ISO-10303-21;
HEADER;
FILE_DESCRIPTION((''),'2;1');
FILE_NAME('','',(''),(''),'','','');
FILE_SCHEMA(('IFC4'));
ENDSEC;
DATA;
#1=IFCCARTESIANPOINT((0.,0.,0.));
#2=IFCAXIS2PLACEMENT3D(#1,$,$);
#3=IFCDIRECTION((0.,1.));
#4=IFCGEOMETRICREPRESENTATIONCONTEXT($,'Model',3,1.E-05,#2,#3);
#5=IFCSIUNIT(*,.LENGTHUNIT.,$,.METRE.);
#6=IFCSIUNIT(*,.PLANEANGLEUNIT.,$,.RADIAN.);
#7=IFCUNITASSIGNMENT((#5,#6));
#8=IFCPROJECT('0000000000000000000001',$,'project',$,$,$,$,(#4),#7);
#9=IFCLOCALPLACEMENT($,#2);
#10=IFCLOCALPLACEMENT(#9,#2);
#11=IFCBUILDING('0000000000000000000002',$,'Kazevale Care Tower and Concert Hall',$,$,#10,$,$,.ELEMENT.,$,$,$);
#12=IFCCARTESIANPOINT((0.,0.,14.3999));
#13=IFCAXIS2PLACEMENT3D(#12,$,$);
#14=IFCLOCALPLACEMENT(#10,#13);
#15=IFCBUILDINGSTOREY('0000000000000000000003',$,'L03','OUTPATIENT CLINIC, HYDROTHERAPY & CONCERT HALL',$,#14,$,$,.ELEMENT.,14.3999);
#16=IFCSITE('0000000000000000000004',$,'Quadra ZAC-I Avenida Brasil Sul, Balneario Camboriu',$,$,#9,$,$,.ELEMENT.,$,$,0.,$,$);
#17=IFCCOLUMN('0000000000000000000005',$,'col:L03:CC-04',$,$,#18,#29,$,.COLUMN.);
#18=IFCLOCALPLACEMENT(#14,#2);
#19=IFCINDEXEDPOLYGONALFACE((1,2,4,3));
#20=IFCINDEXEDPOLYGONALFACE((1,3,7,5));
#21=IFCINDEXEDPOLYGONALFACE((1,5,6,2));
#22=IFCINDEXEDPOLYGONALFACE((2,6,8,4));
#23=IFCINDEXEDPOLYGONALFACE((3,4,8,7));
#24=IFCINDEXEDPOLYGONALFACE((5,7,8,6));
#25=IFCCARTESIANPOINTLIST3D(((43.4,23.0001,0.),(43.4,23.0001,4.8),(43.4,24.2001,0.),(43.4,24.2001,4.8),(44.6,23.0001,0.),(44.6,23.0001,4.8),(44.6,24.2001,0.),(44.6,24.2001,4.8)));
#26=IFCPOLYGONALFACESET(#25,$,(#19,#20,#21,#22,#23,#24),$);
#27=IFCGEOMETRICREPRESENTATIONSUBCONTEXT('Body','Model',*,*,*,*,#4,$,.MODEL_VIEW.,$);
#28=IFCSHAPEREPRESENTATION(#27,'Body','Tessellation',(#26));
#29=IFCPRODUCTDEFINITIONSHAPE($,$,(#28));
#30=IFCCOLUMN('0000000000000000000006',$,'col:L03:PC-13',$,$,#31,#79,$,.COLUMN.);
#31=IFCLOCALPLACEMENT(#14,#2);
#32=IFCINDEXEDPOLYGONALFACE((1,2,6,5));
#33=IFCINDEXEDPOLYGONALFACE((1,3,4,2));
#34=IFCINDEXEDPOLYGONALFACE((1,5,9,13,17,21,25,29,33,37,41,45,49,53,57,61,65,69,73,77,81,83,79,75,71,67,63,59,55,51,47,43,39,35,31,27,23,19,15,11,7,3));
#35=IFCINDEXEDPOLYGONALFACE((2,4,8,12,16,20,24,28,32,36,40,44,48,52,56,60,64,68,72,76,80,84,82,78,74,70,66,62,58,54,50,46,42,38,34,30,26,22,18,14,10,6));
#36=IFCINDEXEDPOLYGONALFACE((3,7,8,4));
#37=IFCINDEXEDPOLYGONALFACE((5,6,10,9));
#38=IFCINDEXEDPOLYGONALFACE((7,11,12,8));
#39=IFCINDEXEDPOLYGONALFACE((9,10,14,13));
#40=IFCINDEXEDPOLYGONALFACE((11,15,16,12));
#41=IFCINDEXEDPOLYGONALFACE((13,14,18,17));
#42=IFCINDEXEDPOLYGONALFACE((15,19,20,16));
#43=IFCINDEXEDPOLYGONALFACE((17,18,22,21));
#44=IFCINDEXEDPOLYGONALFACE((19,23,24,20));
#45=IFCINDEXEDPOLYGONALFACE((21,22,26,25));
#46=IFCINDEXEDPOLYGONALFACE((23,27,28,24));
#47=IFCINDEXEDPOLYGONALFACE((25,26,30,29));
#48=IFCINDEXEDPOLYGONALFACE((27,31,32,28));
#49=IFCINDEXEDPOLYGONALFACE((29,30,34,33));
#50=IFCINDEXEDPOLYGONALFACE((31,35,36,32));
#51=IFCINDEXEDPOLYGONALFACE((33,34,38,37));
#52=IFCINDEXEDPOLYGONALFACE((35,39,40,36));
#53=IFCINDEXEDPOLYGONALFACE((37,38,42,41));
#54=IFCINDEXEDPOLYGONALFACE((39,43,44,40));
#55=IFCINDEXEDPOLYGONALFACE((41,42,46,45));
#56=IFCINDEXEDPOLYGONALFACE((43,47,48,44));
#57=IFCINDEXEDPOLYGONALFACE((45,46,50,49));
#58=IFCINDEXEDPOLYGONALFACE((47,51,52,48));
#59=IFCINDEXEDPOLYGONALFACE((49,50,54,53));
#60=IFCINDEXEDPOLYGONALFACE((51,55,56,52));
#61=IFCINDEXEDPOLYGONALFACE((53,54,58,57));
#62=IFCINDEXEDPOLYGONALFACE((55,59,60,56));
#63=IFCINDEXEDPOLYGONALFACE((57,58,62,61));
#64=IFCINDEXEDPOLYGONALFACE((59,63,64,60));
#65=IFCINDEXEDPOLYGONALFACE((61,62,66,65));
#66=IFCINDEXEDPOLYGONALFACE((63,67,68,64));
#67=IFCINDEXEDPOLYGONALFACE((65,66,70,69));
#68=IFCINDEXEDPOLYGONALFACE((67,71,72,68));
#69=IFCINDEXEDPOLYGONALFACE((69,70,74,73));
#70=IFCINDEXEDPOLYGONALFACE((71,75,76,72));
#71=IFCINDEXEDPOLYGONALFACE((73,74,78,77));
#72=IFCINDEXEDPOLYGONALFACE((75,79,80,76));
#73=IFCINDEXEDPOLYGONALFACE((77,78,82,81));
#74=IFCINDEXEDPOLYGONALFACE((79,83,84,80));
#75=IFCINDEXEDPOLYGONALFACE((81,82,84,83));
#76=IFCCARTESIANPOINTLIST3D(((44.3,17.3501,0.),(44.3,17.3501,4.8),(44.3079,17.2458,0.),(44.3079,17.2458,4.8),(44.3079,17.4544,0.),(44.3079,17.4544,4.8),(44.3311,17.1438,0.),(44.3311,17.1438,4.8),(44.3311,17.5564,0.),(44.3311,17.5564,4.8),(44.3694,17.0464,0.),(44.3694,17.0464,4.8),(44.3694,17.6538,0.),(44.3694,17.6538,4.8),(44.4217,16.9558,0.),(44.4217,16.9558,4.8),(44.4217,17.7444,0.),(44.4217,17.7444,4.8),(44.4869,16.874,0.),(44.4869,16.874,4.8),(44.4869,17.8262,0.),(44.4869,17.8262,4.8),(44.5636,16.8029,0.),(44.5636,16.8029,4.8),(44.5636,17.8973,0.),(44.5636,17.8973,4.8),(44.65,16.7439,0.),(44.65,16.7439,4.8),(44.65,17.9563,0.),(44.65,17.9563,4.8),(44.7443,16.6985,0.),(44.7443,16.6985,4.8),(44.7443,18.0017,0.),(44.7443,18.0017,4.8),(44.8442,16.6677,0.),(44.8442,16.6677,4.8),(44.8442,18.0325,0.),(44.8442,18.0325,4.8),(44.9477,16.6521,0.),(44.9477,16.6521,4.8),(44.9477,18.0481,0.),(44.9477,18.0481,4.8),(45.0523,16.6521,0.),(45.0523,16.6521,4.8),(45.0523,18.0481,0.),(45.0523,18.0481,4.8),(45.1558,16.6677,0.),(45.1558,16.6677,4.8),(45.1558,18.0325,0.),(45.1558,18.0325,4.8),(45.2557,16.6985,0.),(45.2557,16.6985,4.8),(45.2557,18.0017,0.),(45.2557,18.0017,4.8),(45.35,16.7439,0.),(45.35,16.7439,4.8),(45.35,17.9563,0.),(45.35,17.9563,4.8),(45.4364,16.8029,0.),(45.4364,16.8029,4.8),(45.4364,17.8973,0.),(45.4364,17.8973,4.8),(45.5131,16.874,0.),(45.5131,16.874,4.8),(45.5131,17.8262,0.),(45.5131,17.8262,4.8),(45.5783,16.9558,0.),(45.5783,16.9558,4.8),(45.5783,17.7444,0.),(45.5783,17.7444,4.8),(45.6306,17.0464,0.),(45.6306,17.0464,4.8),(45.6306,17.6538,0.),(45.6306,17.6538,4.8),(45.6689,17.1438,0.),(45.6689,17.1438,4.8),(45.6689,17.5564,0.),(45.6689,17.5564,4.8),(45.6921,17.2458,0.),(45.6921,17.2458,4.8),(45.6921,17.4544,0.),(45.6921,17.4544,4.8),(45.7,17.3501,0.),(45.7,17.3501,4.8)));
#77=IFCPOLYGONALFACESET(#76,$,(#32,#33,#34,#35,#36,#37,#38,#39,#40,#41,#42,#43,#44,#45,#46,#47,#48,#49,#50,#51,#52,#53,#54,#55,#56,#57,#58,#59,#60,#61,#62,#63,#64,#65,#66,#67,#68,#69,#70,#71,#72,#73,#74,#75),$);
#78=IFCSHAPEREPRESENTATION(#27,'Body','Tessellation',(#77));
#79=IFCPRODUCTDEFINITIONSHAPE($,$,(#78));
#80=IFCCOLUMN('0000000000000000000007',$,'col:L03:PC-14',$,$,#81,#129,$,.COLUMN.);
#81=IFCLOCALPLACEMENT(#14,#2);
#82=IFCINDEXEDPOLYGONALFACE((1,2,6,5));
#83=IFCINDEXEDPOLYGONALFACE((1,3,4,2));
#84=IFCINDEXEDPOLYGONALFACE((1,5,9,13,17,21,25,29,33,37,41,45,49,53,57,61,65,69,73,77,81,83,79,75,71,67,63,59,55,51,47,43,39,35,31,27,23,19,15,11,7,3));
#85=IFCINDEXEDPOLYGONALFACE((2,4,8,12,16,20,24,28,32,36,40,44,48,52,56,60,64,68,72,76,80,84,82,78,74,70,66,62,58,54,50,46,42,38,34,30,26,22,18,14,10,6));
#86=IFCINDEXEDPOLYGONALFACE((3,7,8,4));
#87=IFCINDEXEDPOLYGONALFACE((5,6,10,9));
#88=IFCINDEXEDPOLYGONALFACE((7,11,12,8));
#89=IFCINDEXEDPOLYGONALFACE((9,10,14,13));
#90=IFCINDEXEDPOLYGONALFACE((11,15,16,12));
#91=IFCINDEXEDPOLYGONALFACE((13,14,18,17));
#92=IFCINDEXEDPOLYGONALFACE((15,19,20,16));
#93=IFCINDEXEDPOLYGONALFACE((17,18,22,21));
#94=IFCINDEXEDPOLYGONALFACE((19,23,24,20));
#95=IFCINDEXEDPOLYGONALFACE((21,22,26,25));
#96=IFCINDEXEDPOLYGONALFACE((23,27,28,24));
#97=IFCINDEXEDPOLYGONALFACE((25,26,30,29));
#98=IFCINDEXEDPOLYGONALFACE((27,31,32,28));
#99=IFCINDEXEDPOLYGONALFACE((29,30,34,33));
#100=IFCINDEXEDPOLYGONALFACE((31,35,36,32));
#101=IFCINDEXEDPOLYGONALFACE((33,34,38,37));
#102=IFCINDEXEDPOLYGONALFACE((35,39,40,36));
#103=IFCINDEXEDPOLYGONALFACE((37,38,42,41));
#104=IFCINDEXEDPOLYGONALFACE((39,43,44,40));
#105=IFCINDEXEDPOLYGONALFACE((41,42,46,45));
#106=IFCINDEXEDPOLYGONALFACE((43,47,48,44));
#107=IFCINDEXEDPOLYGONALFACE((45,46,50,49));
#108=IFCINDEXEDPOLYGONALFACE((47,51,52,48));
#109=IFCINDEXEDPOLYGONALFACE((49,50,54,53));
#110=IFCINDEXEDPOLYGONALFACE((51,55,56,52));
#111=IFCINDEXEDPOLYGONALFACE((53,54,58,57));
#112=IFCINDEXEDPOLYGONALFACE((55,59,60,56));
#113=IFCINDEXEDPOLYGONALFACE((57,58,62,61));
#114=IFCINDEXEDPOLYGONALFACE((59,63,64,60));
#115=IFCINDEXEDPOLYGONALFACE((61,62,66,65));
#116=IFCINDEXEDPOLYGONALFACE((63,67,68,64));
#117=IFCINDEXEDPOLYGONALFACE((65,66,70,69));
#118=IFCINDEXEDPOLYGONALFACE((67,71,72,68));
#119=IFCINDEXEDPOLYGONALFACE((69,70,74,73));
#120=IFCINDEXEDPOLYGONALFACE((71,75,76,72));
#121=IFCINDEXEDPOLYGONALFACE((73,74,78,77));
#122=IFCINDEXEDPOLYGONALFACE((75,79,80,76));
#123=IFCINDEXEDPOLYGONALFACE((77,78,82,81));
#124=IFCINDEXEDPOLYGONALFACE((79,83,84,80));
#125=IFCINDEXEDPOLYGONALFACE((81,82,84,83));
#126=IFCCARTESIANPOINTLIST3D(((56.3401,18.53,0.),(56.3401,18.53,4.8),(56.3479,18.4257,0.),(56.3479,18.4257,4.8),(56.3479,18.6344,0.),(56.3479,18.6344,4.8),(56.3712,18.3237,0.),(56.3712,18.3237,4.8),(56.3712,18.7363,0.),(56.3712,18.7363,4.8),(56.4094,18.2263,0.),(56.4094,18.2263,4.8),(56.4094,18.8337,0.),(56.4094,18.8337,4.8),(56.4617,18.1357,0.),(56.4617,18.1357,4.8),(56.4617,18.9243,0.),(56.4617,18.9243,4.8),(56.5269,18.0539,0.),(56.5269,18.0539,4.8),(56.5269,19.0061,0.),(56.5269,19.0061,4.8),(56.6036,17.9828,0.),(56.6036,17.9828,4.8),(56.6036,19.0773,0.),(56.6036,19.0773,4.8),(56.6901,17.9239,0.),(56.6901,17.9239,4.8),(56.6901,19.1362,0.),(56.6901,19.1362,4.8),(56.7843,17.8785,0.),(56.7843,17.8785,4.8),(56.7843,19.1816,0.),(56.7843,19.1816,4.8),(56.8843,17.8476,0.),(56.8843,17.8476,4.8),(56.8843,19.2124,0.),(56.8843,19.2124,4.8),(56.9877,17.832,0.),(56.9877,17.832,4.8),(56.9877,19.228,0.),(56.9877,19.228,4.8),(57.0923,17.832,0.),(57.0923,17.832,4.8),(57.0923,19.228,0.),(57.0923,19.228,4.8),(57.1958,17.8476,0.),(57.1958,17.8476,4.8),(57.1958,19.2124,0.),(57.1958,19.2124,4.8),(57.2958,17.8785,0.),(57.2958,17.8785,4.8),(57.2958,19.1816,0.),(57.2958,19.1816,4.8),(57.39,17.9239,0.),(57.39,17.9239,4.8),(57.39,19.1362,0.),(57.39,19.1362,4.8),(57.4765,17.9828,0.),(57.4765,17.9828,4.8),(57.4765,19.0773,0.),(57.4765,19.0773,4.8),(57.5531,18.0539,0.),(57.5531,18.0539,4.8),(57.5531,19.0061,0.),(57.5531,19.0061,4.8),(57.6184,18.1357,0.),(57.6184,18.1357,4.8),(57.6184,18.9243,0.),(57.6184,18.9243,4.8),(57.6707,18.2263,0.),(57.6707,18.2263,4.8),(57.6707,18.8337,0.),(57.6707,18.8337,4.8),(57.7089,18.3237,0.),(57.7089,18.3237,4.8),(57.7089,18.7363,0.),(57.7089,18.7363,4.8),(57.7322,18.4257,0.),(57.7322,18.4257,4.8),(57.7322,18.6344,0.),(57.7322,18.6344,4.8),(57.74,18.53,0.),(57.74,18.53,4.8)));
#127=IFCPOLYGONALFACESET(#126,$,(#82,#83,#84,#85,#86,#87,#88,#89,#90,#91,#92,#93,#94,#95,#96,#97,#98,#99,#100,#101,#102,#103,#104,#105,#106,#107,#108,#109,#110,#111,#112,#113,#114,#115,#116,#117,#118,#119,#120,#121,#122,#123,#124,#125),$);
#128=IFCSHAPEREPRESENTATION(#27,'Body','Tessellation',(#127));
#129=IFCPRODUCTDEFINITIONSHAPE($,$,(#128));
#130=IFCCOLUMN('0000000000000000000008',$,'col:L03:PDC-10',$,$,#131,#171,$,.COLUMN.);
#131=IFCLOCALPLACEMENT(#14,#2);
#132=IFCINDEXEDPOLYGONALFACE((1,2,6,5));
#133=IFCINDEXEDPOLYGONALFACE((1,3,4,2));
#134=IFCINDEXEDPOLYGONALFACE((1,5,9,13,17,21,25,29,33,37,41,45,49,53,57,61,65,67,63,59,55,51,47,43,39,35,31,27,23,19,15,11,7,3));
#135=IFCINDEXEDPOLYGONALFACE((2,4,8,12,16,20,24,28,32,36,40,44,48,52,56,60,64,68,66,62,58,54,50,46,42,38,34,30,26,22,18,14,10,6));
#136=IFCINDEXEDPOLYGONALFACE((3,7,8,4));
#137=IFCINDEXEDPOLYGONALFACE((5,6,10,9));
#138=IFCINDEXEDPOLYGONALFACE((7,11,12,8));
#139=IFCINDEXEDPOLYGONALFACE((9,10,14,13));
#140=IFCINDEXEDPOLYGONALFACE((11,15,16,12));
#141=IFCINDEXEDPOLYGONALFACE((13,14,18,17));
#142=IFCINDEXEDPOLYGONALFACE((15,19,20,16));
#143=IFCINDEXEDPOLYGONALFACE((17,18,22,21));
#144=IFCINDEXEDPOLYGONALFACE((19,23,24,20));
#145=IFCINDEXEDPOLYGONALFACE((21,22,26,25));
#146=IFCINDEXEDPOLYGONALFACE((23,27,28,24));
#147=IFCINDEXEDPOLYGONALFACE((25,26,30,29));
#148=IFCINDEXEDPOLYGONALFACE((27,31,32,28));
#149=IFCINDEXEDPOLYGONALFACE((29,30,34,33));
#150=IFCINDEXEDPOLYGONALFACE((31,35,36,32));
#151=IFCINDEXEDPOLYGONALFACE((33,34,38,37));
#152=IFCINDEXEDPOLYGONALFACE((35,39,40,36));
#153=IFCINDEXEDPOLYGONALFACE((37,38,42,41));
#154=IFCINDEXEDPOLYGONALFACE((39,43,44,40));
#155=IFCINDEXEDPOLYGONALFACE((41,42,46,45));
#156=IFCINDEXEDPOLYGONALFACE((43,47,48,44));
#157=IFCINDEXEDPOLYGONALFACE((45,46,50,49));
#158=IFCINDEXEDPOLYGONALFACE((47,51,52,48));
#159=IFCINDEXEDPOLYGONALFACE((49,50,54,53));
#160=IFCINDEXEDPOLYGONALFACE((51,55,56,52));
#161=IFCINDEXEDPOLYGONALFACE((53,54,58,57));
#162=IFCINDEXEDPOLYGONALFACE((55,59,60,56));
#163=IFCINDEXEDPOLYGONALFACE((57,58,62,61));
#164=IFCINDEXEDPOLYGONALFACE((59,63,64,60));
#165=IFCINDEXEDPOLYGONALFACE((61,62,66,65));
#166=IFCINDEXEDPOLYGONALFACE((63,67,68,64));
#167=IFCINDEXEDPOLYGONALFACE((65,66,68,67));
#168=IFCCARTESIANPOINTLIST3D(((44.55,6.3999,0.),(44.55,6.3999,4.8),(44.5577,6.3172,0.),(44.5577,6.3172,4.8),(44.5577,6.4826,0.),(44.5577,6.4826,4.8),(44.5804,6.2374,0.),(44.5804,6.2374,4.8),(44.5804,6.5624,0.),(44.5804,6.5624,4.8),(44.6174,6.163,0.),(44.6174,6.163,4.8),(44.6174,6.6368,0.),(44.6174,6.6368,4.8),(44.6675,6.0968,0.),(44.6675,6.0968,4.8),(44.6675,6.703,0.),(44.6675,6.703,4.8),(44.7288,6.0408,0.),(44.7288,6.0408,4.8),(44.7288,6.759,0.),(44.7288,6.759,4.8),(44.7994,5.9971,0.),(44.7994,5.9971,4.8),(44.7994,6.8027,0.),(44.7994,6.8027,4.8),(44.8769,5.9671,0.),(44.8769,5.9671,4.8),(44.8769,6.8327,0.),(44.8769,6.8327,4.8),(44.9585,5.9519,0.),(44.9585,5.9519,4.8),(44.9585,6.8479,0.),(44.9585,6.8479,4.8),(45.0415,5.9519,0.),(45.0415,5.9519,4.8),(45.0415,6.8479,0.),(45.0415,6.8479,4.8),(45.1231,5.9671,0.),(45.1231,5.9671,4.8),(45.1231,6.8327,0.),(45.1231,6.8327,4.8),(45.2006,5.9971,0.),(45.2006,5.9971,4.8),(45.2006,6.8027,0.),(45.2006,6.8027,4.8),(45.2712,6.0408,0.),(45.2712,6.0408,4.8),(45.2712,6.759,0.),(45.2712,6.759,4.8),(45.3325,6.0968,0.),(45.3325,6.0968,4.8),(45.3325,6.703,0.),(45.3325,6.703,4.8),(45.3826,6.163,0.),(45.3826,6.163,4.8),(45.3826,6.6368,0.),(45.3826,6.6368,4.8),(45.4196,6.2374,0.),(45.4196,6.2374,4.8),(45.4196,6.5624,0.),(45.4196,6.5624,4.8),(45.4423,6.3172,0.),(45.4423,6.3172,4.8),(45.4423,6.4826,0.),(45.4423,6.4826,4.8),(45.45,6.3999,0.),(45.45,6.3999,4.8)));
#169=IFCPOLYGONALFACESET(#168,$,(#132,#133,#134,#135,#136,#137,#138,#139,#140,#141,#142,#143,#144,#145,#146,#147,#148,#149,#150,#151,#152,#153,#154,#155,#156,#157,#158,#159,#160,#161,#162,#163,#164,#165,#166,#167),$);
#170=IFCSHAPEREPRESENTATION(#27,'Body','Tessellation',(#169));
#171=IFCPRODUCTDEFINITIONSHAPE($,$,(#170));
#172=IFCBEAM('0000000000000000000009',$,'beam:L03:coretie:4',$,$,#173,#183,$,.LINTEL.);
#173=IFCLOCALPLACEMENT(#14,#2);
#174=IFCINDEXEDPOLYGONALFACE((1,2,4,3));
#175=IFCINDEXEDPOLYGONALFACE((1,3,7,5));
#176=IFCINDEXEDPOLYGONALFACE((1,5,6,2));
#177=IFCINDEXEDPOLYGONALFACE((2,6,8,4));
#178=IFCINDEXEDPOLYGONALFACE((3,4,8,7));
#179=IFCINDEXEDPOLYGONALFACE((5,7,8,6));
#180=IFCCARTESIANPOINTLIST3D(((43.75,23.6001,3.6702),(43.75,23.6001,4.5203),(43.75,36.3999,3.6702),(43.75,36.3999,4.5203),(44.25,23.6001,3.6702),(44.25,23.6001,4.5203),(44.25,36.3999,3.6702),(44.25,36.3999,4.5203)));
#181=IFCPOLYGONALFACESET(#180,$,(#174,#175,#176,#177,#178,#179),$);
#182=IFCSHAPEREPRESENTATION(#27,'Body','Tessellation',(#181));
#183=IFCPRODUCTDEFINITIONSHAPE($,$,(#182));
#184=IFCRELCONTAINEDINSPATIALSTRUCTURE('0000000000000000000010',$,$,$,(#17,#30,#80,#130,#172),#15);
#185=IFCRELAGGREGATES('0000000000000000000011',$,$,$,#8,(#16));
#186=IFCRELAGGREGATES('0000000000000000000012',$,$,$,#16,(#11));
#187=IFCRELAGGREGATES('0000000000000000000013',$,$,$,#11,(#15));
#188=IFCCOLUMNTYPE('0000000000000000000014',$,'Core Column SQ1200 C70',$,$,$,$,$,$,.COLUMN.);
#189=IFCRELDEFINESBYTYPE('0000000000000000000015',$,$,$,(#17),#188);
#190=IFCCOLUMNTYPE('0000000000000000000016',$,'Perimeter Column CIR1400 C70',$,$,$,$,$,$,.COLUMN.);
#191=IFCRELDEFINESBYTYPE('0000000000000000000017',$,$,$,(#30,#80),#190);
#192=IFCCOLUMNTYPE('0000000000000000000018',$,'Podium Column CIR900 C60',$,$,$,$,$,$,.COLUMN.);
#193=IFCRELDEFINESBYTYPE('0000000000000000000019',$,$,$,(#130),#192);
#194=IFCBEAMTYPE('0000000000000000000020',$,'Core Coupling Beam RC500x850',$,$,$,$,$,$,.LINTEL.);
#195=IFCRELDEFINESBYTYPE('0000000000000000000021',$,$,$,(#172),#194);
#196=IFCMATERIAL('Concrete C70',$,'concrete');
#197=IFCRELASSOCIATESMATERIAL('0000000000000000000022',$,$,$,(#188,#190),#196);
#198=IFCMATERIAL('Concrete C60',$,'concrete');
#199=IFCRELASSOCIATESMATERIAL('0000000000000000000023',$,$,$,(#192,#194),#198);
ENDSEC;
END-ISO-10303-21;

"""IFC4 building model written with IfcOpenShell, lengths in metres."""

from ifc_helpers import new_model, si_unit, direction, frame, origin, origin_2d, place, context, subcontext, project, spatial, rectangle, circle, extrude, material, material_profile, profile_set, type_object, element, save


model = new_model("IFC4")

# Units and contexts
model_context = context("Model", 3, precision=1e-05, world=origin(), true_north=direction((0.0, 1.0)))
body_context = subcontext(model_context, "Body", "Model", "MODEL_VIEW")
ifc_project = project(units=[si_unit("LENGTHUNIT", "METRE"), si_unit("PLANEANGLEUNIT", "RADIAN")], contexts=[model_context])

# Site, building, storey
site_placement = place(None, origin())
site = spatial("IfcSite", under=ifc_project, at=site_placement, Name="Quadra ZAC-I Avenida Brasil Sul, Balneario Camboriu", CompositionType="ELEMENT", RefElevation=0.0)
building_placement = place(site_placement, origin())
building = spatial("IfcBuilding", under=site, at=building_placement, Name="Kazevale Care Tower and Concert Hall", CompositionType="ELEMENT")
storey_placement = place(building_placement, frame((0.0, 0.0, 14.3999)))
storey = spatial("IfcBuildingStorey", under=building, at=storey_placement, Name="L03", Description="OUTPATIENT CLINIC, HYDROTHERAPY & CONCERT HALL", CompositionType="ELEMENT", Elevation=14.3999)

# Columns
ifc_material_1 = material(Name="Concrete C70", Category="concrete")
ifc_material_profile_1 = material_profile(ifc_material_1, rectangle(XDim=1.2, YDim=1.2, at=origin_2d()), Name="RC-SQ1200")
ifc_profile_set_1 = profile_set([ifc_material_profile_1], Name="Concrete C70")
column_type_1 = type_object("IfcColumnType", Name="Core Column SQ1200 C70", PredefinedType="COLUMN", material=ifc_profile_set_1)
column_1_placement = place(storey_placement, frame((44.0, 23.6001, 0.0), z_axis=(0.0, 0.0, 1.0), x_axis=(1.0, 0.0, 0.0)))
element("IfcColumn", 1, at=column_1_placement, inside=storey, type_object=column_type_1, Name="col:L03:CC-04", PredefinedType="COLUMN", context=body_context, shape_type="SweptSolid", body=[
    extrude(rectangle(XDim=1.2, YDim=1.2, at=origin_2d()), origin(), (0.0, 0.0, 1.0), 4.8),
])
ifc_material_profile_2 = material_profile(ifc_material_1, circle(Radius=0.7, at=origin_2d()), Name="RC-CIR1400")
ifc_profile_set_2 = profile_set([ifc_material_profile_2], Name="Concrete C70")
column_type_2 = type_object("IfcColumnType", Name="Perimeter Column CIR1400 C70", PredefinedType="COLUMN", material=ifc_profile_set_2)
for number, where, z_axis, x_axis, name in (
    (2, (45.0, 17.3501, 0.0), (0.0, 0.0, 1.0), (1.0, 0.0, 0.0), "col:L03:PC-13"),
    (3, (57.04, 18.53, 0.0), (0.0, 0.0, 1.0), (1.0, 0.0, 0.0), "col:L03:PC-14"),
):
    element("IfcColumn", number, at=place(storey_placement, frame(where, z_axis=z_axis, x_axis=x_axis)), inside=storey, type_object=column_type_2, Name=name, PredefinedType="COLUMN", context=body_context, shape_type="SweptSolid", body=[
        extrude(circle(Radius=0.7, at=origin_2d()), origin(), (0.0, 0.0, 1.0), 4.8),
    ])
ifc_material_2 = material(Name="Concrete C60", Category="concrete")
ifc_material_profile_3 = material_profile(ifc_material_2, circle(Radius=0.45, at=origin_2d()), Name="RC-CIR900")
ifc_profile_set_3 = profile_set([ifc_material_profile_3], Name="Concrete C60")
column_type_3 = type_object("IfcColumnType", Name="Podium Column CIR900 C60", PredefinedType="COLUMN", material=ifc_profile_set_3)
column_2_placement = place(storey_placement, frame((45.0, 6.3999, 0.0), z_axis=(0.0, 0.0, 1.0), x_axis=(1.0, 0.0, 0.0)))
element("IfcColumn", 4, at=column_2_placement, inside=storey, type_object=column_type_3, Name="col:L03:PDC-10", PredefinedType="COLUMN", context=body_context, shape_type="SweptSolid", body=[
    extrude(circle(Radius=0.45, at=origin_2d()), origin(), (0.0, 0.0, 1.0), 4.8),
])

# Beam
ifc_material_profile_4 = material_profile(ifc_material_2, rectangle(XDim=0.5, YDim=0.8501, at=origin_2d()), Name="RC-B500x850")
ifc_profile_set_4 = profile_set([ifc_material_profile_4], Name="Concrete C60")
beam_type_1 = type_object("IfcBeamType", Name="Core Coupling Beam RC500x850", PredefinedType="LINTEL", material=ifc_profile_set_4)
beam_1_placement = place(storey_placement, frame((44.0, 23.6001, 4.0952), z_axis=(0.0, 1.0, 0.0), x_axis=(-1.0, 0.0, 0.0)))
element("IfcBeam", 5, at=beam_1_placement, inside=storey, type_object=beam_type_1, Name="beam:L03:coretie:4", PredefinedType="LINTEL", context=body_context, shape_type="SweptSolid", body=[
    extrude(rectangle(XDim=0.5, YDim=0.8501, at=origin_2d()), origin(), (0.0, 0.0, 1.0), 12.7998),
])

save(model, "model.ifc")
